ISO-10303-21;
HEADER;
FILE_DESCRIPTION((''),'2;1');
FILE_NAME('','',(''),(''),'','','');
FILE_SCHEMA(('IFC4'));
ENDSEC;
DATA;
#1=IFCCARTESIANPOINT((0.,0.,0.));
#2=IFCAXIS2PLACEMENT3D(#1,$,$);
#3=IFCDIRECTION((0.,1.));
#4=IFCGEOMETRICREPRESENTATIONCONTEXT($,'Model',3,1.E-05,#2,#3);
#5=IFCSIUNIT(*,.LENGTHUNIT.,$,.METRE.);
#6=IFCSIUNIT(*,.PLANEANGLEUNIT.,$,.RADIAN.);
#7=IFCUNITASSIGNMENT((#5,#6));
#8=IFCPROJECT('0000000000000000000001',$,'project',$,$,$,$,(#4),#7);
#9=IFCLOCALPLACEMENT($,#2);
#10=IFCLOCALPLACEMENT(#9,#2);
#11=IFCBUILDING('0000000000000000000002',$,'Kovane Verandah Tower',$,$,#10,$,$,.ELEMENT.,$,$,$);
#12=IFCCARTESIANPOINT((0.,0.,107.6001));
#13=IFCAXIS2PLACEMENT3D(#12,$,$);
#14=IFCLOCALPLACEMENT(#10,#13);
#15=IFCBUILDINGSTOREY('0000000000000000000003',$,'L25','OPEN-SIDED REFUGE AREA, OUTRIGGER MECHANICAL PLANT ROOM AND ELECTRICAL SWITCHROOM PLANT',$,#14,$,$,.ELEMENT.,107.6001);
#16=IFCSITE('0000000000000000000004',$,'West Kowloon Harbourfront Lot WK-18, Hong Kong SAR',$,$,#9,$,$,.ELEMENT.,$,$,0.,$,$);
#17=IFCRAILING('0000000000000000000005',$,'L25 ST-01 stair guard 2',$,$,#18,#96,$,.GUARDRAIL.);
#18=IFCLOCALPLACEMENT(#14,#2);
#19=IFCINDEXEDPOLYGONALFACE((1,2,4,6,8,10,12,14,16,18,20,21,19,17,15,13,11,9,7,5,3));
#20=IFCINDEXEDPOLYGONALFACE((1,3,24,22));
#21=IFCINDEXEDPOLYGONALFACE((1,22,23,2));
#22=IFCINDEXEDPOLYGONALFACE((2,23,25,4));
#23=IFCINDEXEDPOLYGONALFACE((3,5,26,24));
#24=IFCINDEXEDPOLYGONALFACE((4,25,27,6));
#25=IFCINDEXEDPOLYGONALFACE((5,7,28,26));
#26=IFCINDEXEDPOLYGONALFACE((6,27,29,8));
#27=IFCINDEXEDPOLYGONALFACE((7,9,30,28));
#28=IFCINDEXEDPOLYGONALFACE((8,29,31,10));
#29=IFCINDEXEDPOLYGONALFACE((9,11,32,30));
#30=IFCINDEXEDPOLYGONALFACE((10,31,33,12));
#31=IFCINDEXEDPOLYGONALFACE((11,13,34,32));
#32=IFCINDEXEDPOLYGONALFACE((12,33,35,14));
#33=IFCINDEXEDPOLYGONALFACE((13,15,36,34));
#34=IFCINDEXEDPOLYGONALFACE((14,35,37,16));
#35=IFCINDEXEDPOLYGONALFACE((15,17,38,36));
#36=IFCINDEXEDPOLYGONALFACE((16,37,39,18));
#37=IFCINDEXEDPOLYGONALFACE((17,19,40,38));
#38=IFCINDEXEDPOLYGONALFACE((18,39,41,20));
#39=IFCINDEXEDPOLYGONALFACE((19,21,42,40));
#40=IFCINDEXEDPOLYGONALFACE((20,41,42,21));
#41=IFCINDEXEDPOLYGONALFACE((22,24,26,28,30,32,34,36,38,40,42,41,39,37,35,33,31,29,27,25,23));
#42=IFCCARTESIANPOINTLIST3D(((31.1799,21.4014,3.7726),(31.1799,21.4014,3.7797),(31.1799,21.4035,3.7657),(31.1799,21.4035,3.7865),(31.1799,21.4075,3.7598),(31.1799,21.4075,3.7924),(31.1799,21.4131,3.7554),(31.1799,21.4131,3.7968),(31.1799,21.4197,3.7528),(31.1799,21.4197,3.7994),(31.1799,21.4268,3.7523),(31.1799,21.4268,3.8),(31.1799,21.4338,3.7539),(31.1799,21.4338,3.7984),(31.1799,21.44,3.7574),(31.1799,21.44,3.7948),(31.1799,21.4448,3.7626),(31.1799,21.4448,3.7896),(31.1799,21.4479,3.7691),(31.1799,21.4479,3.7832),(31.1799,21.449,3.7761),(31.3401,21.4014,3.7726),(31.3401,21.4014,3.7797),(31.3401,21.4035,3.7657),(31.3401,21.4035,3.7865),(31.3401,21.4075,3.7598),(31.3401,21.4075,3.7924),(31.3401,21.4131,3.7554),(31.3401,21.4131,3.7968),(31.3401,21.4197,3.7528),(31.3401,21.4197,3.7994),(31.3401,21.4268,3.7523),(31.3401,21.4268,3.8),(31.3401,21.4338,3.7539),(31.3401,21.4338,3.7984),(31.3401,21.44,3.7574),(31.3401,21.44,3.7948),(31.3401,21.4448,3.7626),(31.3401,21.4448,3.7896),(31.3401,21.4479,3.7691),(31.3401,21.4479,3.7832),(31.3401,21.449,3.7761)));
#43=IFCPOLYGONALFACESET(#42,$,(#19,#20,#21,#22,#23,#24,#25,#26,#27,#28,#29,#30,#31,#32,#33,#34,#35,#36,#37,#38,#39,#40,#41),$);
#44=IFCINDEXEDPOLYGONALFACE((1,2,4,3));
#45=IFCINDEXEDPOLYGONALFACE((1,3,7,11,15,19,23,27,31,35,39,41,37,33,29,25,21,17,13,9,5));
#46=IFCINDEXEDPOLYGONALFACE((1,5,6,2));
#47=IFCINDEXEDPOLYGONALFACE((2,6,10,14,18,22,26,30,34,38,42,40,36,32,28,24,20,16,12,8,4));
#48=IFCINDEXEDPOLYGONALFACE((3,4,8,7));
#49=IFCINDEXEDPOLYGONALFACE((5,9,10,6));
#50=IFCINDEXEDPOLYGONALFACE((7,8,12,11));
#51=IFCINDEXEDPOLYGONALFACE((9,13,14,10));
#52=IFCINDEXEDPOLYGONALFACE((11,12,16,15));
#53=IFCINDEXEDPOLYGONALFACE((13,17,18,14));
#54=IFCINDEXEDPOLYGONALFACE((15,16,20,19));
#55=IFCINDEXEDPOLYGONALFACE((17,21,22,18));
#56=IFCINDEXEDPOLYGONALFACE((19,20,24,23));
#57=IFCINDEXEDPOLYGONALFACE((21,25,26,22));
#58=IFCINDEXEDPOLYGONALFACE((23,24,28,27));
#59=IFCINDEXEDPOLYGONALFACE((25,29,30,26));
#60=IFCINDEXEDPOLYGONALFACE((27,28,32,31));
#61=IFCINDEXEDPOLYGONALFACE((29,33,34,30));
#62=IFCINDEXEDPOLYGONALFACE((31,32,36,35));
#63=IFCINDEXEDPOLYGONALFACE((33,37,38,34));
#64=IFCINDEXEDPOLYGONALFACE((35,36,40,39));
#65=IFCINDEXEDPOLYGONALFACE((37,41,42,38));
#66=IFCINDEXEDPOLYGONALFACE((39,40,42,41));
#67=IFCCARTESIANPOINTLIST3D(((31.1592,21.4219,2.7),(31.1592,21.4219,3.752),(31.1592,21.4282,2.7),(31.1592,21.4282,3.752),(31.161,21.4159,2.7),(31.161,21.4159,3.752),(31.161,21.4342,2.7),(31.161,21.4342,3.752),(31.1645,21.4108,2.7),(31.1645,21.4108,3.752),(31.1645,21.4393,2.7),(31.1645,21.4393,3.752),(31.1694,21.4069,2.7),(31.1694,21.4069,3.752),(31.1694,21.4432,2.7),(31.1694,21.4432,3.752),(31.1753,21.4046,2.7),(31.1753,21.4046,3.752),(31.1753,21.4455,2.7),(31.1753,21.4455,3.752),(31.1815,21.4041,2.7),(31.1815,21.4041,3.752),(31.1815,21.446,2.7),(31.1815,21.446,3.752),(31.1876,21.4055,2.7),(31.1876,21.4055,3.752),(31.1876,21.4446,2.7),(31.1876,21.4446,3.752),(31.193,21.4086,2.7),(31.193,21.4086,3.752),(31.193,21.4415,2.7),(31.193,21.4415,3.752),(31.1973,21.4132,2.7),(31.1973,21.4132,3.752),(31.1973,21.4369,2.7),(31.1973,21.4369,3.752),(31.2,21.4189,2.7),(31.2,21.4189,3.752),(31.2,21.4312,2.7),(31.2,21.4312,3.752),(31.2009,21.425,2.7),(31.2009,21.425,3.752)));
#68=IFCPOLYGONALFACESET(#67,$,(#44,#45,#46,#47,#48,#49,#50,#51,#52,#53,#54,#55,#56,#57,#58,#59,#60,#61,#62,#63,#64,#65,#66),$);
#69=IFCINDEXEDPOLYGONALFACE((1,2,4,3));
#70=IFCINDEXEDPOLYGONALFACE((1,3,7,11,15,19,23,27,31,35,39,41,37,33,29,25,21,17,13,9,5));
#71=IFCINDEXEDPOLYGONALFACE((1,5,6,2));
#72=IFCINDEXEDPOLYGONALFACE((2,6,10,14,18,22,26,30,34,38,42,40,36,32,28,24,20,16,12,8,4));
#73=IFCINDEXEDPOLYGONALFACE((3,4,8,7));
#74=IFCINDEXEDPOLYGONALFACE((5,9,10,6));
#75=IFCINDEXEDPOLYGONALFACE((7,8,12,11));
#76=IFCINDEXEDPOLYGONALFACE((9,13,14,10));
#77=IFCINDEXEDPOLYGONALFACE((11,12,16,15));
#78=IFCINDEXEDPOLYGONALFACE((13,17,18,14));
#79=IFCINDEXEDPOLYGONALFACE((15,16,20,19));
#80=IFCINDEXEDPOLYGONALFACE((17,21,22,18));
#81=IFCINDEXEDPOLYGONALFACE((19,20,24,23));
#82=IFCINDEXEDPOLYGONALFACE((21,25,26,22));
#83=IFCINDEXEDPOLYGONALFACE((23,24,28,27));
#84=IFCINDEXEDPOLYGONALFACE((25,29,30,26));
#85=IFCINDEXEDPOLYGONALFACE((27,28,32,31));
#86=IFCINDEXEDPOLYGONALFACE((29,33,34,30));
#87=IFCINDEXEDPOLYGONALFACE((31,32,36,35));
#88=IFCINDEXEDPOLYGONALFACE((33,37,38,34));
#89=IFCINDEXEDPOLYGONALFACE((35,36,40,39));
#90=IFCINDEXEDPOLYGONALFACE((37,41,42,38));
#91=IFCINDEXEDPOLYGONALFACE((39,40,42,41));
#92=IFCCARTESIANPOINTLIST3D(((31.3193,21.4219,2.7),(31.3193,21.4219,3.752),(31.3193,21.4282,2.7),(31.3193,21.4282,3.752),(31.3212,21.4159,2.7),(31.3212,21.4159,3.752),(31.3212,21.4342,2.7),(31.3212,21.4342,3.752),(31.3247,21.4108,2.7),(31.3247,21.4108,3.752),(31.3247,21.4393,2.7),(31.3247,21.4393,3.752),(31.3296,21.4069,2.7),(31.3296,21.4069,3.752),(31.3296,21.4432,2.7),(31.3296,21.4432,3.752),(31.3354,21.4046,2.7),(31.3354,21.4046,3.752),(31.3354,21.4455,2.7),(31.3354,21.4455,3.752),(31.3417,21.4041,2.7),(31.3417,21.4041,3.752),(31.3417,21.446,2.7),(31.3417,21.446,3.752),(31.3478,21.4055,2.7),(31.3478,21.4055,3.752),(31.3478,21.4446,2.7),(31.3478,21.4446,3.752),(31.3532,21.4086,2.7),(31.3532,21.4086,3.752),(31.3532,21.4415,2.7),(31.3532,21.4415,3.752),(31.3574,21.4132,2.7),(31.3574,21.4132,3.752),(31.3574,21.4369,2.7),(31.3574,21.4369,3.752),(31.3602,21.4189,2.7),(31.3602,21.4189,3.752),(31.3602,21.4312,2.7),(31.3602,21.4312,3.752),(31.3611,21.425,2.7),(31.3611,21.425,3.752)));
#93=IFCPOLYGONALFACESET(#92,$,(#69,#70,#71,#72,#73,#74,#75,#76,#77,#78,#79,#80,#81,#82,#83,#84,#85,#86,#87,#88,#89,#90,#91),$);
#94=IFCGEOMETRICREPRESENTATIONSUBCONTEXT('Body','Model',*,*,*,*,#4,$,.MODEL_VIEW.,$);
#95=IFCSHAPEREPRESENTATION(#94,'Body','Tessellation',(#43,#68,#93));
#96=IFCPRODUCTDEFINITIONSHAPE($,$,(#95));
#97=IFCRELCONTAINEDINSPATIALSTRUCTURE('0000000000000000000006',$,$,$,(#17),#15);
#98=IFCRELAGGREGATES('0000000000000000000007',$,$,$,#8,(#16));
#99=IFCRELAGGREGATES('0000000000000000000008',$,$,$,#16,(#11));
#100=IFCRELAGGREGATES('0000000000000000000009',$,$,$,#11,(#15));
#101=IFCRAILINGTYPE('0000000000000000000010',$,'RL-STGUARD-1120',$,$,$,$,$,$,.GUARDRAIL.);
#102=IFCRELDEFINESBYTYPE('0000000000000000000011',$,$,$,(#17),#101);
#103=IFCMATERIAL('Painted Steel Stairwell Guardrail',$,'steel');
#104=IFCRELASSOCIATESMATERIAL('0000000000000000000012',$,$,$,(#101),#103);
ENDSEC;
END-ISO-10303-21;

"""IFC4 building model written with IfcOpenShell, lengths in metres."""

from ifc_helpers import new_model, si_unit, direction, frame, origin, origin_2d, place, context, subcontext, project, spatial, circle, extrude, material, type_object, element, save


model = new_model("IFC4")

# Units and contexts
model_context = context("Model", 3, precision=1e-05, world=origin(), true_north=direction((0.0, 1.0)))
body_context = subcontext(model_context, "Body", "Model", "MODEL_VIEW")
ifc_project = project(units=[si_unit("LENGTHUNIT", "METRE"), si_unit("PLANEANGLEUNIT", "RADIAN")], contexts=[model_context])

# Site, building, storey
site_placement = place(None, origin())
site = spatial("IfcSite", under=ifc_project, at=site_placement, Name="West Kowloon Harbourfront Lot WK-18, Hong Kong SAR", CompositionType="ELEMENT", RefElevation=0.0)
building_placement = place(site_placement, origin())
building = spatial("IfcBuilding", under=site, at=building_placement, Name="Kovane Verandah Tower", CompositionType="ELEMENT")
storey_placement = place(building_placement, frame((0.0, 0.0, 107.6001)))
storey = spatial("IfcBuildingStorey", under=building, at=storey_placement, Name="L25", Description="OPEN-SIDED REFUGE AREA, OUTRIGGER MECHANICAL PLANT ROOM AND ELECTRICAL SWITCHROOM PLANT", CompositionType="ELEMENT", Elevation=107.6001)

# Railing
ifc_material_1 = material(Name="Painted Steel Stairwell Guardrail", Category="steel")
railing_type_1 = type_object("IfcRailingType", Name="RL-STGUARD-1120", PredefinedType="GUARDRAIL", material=ifc_material_1)
railing_1_placement = place(storey_placement, frame((31.1799, 21.425, 2.7)))
element("IfcRailing", 1, at=railing_1_placement, inside=storey, type_object=railing_type_1, Name="L25 ST-01 stair guard 2", PredefinedType="GUARDRAIL", context=body_context, shape_type="SweptSolid", body=[
    extrude(circle(Radius=0.0239, at=origin_2d()), frame((0.0, 0.0, 1.0762), z_axis=(1.0, 0.0, 0.0), x_axis=(0.0, 1.0, 0.0)), (0.0, 0.0, 1.0), 0.1602),
    extrude(circle(Radius=0.021, at=origin_2d()), origin(), (0.0, 0.0, 1.0), 1.052),
    extrude(circle(Radius=0.021, at=origin_2d()), frame((0.1602, 0.0, 0.0)), (0.0, 0.0, 1.0), 1.052),
])

save(model, "model.ifc")
